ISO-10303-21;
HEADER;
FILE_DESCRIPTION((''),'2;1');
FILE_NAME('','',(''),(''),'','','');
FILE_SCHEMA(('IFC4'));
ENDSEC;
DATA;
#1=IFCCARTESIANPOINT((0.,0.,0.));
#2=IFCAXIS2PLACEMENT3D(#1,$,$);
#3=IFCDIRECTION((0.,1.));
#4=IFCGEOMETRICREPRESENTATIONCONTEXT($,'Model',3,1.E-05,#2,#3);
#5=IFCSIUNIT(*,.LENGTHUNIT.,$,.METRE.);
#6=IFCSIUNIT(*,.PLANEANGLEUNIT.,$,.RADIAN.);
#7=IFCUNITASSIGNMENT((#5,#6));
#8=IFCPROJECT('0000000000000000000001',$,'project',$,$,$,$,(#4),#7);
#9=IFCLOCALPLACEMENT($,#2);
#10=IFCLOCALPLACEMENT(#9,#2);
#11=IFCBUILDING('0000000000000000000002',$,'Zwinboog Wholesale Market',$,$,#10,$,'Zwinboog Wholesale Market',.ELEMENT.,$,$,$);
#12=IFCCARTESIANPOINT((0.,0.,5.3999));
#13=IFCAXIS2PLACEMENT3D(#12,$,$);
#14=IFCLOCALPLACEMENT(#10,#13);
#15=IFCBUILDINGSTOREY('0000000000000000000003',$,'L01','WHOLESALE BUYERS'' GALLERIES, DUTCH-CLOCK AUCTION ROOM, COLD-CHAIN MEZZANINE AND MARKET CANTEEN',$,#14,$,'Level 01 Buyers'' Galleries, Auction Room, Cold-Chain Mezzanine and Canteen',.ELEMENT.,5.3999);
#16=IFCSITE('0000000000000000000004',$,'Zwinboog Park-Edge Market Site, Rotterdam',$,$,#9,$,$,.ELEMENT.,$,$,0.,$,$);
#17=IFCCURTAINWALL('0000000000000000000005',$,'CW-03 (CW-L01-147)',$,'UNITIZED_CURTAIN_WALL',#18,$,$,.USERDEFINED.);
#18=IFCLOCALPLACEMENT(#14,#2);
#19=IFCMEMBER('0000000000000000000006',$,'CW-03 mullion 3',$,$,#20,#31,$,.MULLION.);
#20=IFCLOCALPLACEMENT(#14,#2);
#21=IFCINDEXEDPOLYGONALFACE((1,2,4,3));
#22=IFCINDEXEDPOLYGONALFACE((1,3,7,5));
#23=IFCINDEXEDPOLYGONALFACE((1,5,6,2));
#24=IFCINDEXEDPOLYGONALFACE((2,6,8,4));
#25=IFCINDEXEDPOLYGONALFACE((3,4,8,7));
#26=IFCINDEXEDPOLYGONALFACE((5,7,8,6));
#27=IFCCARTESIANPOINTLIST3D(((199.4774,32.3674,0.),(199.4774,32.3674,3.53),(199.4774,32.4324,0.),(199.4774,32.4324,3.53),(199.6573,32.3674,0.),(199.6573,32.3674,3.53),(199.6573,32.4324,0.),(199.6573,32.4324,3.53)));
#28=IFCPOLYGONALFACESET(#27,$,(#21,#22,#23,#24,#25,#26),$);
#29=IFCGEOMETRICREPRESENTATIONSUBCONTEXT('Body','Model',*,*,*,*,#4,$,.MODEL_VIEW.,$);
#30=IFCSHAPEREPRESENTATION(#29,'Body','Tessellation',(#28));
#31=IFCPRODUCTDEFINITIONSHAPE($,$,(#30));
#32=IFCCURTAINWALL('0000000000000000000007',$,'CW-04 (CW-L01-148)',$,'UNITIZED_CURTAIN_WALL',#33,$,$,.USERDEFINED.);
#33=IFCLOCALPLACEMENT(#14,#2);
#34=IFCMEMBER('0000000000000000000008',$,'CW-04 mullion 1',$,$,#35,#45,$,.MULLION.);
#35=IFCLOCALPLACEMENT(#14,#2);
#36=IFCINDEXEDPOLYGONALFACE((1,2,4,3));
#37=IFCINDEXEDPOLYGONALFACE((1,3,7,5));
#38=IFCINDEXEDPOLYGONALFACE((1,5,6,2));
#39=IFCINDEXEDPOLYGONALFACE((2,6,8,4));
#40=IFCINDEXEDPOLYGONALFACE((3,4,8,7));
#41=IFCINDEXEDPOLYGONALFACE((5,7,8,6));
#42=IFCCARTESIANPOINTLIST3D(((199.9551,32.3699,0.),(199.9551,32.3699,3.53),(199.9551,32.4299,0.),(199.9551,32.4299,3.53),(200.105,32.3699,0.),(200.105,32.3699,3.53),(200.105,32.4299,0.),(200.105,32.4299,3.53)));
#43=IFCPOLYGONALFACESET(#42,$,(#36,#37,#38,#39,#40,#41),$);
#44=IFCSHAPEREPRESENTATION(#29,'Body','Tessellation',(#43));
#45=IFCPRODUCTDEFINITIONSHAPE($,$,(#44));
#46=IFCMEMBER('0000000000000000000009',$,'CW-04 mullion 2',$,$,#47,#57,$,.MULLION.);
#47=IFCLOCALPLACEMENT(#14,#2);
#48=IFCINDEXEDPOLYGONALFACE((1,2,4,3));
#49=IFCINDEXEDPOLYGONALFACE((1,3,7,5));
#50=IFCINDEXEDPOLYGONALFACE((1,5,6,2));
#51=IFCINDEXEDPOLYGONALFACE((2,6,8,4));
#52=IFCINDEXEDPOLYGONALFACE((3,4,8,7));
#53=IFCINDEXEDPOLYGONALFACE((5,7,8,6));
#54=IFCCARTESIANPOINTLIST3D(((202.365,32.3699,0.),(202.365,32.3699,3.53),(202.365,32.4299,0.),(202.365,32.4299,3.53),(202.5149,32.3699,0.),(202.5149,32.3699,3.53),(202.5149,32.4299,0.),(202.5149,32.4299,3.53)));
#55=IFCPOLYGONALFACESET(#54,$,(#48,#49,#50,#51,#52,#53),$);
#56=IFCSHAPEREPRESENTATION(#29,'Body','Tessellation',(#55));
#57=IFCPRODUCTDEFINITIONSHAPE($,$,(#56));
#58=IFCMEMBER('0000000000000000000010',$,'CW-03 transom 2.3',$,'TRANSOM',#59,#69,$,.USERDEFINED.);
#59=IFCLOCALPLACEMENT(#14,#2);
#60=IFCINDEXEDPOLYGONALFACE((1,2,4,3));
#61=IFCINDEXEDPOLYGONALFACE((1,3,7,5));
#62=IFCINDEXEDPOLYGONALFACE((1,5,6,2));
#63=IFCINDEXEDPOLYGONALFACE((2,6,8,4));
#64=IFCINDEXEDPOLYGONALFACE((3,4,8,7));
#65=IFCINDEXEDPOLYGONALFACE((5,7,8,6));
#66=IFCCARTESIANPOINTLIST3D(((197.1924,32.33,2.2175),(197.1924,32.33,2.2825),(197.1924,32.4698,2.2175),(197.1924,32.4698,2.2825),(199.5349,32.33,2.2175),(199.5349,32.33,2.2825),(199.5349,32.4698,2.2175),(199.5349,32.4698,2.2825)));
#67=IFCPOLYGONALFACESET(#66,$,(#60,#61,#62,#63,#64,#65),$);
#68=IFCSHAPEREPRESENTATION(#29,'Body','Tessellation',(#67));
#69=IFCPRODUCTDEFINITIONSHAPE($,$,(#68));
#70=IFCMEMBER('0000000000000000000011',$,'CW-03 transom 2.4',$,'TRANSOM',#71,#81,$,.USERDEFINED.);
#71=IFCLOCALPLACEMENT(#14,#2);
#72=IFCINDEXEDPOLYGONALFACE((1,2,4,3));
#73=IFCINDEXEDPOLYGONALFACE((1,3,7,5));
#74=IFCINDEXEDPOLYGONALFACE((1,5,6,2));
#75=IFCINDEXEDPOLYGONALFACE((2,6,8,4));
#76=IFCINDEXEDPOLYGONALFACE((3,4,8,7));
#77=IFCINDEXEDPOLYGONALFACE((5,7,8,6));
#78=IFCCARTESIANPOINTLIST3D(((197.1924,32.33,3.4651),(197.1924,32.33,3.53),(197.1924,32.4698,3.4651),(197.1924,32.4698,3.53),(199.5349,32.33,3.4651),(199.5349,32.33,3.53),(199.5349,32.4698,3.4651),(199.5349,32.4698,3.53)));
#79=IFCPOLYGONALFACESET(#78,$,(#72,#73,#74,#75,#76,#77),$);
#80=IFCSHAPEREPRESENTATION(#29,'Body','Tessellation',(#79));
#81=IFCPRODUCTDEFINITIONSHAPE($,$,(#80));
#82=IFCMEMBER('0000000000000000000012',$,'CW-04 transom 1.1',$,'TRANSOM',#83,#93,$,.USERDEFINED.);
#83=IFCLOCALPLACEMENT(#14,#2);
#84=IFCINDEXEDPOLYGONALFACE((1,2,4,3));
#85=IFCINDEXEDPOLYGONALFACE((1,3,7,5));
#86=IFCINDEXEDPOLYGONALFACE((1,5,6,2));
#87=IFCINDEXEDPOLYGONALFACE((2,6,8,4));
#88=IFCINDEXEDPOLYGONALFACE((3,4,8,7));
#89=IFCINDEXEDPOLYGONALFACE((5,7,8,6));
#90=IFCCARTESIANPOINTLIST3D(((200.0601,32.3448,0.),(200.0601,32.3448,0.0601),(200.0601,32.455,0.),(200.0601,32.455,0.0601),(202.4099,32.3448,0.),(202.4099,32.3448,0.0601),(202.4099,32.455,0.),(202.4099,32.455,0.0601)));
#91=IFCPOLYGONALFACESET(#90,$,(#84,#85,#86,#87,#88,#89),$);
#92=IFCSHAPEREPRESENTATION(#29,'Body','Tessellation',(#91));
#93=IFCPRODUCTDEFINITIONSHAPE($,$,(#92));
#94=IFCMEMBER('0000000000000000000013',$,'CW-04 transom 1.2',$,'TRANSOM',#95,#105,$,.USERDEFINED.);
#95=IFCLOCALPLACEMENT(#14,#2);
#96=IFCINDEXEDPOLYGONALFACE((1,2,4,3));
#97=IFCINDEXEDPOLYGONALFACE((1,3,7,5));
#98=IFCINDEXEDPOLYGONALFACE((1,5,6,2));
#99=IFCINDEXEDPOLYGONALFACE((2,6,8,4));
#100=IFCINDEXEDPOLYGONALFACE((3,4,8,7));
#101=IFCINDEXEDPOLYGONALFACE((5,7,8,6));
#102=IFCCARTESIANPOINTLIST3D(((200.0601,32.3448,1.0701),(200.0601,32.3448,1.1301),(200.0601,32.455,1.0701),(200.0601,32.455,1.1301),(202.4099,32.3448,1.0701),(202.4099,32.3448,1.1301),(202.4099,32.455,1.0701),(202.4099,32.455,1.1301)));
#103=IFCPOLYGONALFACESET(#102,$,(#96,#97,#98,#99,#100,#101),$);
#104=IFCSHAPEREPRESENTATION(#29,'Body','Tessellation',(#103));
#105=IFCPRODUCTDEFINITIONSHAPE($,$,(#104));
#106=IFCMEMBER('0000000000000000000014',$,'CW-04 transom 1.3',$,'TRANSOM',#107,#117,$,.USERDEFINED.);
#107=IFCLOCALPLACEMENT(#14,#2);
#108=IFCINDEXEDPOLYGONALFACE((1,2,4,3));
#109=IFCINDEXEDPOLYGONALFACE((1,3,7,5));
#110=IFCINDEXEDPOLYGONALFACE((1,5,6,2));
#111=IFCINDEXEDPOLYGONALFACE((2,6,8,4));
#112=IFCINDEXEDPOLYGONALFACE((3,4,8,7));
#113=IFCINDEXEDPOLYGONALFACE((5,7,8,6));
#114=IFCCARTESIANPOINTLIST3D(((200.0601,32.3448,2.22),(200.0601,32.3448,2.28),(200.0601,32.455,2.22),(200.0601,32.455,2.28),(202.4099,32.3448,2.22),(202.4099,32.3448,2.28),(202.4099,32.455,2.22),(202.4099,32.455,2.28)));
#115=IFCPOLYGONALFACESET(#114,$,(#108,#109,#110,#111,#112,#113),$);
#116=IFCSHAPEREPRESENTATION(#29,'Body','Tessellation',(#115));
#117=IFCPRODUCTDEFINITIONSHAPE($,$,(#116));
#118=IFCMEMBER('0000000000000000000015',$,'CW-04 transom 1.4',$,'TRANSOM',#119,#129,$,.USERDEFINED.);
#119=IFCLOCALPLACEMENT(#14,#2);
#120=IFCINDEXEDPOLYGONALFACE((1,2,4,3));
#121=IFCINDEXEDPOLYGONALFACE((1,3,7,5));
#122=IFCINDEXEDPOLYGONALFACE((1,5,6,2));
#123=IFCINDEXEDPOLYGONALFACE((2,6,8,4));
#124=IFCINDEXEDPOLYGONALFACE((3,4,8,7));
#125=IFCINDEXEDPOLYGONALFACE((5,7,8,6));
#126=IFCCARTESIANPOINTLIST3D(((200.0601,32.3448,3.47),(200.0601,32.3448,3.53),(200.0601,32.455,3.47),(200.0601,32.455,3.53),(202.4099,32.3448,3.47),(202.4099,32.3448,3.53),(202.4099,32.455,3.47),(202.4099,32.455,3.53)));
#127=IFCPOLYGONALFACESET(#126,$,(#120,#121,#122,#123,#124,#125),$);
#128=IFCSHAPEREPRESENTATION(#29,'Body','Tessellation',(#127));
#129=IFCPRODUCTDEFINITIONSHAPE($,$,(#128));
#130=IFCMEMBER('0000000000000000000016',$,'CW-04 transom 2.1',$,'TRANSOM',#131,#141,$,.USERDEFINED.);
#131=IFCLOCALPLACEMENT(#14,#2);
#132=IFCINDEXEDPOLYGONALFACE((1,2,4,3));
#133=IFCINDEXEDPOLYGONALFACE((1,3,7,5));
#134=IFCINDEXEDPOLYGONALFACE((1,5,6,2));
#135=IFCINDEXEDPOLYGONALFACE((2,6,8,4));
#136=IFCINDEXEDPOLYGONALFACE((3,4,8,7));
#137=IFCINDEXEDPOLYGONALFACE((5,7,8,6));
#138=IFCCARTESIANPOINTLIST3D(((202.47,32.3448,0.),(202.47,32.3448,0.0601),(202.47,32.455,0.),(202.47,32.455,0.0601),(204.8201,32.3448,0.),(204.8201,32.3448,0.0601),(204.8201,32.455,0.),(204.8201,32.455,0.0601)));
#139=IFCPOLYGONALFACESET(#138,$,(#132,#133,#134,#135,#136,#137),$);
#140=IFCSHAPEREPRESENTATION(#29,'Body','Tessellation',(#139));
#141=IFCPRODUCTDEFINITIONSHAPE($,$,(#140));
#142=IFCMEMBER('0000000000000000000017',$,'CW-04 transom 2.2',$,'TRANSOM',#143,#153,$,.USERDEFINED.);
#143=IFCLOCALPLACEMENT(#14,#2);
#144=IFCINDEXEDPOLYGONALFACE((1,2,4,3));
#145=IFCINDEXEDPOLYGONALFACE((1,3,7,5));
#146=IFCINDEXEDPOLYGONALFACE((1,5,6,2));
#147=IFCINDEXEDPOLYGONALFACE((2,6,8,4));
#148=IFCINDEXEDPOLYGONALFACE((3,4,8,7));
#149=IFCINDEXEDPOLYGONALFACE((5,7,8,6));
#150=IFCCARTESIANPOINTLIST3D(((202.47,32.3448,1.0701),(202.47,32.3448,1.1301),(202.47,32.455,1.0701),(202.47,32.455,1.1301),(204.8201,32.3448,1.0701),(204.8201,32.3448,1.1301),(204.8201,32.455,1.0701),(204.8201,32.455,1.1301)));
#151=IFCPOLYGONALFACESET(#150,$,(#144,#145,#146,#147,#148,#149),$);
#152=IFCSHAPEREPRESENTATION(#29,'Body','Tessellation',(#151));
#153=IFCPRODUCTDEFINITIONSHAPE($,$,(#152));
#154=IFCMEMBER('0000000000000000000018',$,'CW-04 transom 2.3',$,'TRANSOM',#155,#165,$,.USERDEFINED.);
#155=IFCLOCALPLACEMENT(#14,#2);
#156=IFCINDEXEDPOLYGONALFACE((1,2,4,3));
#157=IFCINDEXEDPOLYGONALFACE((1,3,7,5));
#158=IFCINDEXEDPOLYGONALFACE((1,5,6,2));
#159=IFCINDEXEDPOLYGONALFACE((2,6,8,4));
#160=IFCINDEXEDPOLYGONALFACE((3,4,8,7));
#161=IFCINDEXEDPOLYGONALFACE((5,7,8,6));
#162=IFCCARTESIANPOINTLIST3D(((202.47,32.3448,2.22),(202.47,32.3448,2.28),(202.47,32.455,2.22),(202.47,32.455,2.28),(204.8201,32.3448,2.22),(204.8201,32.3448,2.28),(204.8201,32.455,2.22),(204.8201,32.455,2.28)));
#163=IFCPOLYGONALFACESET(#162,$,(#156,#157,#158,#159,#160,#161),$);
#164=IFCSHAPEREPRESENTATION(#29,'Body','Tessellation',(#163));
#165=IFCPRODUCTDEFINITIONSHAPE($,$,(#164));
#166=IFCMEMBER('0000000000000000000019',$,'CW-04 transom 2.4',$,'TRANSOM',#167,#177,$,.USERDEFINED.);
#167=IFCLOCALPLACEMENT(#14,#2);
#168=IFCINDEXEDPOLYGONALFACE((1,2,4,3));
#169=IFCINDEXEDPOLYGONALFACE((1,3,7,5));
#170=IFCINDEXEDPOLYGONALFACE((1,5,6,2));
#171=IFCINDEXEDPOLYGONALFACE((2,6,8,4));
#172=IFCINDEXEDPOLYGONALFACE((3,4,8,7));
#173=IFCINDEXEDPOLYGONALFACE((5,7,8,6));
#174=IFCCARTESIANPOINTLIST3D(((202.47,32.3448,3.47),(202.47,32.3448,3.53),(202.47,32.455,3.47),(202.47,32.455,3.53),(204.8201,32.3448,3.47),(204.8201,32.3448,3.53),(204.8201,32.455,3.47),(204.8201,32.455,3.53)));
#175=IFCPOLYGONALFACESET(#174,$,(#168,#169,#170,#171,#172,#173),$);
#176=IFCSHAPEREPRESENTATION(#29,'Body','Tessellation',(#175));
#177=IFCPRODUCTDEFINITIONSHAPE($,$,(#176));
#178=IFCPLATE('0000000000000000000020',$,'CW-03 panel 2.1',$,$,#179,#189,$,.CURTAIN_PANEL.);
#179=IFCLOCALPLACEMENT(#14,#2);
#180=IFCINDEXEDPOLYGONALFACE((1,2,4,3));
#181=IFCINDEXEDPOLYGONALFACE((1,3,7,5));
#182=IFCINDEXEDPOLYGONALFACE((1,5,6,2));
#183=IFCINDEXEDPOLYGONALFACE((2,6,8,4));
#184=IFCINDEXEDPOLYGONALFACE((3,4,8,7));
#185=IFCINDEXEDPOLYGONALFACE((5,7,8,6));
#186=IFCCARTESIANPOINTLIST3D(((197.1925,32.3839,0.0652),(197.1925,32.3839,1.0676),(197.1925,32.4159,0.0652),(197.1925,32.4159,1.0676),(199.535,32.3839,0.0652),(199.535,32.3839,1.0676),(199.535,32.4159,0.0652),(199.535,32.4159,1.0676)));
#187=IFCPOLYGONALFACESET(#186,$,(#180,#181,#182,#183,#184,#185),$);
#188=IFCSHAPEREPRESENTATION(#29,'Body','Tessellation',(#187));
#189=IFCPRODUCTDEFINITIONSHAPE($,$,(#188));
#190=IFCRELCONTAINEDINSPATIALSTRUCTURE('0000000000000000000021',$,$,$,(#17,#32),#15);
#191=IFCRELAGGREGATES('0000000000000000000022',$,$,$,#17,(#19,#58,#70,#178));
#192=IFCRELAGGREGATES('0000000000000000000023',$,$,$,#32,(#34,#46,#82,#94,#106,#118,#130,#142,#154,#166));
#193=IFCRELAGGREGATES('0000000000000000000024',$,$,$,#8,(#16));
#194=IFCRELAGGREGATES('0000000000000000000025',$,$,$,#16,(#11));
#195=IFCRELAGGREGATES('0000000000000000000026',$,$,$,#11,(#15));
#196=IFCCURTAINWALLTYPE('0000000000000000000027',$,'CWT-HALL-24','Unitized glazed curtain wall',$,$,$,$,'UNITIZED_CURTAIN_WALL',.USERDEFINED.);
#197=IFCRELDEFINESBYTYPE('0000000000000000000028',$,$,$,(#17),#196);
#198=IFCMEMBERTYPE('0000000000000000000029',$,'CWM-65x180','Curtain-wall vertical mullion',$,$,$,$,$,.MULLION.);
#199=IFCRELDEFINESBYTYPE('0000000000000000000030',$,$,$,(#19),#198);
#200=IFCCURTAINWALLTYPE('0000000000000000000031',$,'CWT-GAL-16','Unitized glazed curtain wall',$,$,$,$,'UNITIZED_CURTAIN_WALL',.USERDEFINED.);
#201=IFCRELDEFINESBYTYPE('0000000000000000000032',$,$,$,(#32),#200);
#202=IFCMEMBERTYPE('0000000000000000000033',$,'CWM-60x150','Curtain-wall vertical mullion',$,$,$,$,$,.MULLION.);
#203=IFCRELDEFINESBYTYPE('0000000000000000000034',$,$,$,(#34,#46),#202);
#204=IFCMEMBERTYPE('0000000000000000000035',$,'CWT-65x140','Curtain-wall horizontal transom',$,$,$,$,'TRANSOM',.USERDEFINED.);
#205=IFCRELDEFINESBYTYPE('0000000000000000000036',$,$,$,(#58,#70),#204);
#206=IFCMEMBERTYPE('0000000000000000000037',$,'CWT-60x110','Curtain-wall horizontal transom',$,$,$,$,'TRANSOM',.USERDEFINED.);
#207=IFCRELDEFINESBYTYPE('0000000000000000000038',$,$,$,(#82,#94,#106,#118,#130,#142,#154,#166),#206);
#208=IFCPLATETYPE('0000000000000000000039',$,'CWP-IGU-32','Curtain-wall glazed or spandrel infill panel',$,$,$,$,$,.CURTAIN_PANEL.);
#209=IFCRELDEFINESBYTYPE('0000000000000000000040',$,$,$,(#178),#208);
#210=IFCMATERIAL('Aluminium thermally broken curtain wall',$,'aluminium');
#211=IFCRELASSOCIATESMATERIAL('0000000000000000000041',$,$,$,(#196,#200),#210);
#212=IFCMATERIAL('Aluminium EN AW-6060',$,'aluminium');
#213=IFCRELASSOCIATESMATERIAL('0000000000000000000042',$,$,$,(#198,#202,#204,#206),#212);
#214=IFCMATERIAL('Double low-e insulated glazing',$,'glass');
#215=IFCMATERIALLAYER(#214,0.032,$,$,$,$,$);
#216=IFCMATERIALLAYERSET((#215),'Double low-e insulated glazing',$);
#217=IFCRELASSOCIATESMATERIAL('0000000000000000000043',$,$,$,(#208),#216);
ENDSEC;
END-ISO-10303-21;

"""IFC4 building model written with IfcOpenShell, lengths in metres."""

from ifc_helpers import new_model, si_unit, direction, frame, origin, origin_2d, place, context, subcontext, project, spatial, rectangle, extrude, material, layer, layer_set, material_profile, profile_set, type_object, element, aggregate, save


model = new_model("IFC4")

# Units and contexts
model_context = context("Model", 3, precision=1e-05, world=origin(), true_north=direction((0.0, 1.0)))
body_context = subcontext(model_context, "Body", "Model", "MODEL_VIEW")
ifc_project = project(units=[si_unit("LENGTHUNIT", "METRE"), si_unit("PLANEANGLEUNIT", "RADIAN")], contexts=[model_context])

# Site, building, storey
site_placement = place(None, origin())
site = spatial("IfcSite", under=ifc_project, at=site_placement, Name="Zwinboog Park-Edge Market Site, Rotterdam", CompositionType="ELEMENT", RefElevation=0.0)
building_placement = place(site_placement, origin())
building = spatial("IfcBuilding", under=site, at=building_placement, Name="Zwinboog Wholesale Market", LongName="Zwinboog Wholesale Market", CompositionType="ELEMENT")
storey_placement = place(building_placement, frame((0.0, 0.0, 5.3999)))
storey = spatial("IfcBuildingStorey", under=building, at=storey_placement, Name="L01", Description="WHOLESALE BUYERS' GALLERIES, DUTCH-CLOCK AUCTION ROOM, COLD-CHAIN MEZZANINE AND MARKET CANTEEN", LongName="Level 01 Buyers' Galleries, Auction Room, Cold-Chain Mezzanine and Canteen", CompositionType="ELEMENT", Elevation=5.3999)

# Curtain wall, member
ifc_material_1 = material(Name="Aluminium thermally broken curtain wall", Category="aluminium")
curtain_wall_type_1 = type_object("IfcCurtainWallType", Name="CWT-HALL-24", Description="Unitized glazed curtain wall", ElementType="UNITIZED_CURTAIN_WALL", PredefinedType="USERDEFINED", material=ifc_material_1)
curtain_wall_1_placement = place(storey_placement, origin())
curtain_wall_1 = element("IfcCurtainWall", 1, at=curtain_wall_1_placement, inside=storey, type_object=curtain_wall_type_1, Name="CW-03 (CW-L01-147)", ObjectType="UNITIZED_CURTAIN_WALL", PredefinedType="USERDEFINED")
ifc_material_2 = material(Name="Aluminium EN AW-6060", Category="aluminium")
ifc_material_profile_1 = material_profile(ifc_material_2, rectangle(XDim=0.0649, YDim=0.1799, at=origin_2d()), Name="AL 65x180")
ifc_profile_set_1 = profile_set([ifc_material_profile_1], Name="Aluminium EN AW-6060")
member_type_1 = type_object("IfcMemberType", Name="CWM-65x180", Description="Curtain-wall vertical mullion", PredefinedType="MULLION", material=ifc_profile_set_1)
member_1_placement = place(storey_placement, frame((199.5674, 32.3999, 0.0), z_axis=(0.0, 0.0, 1.0), x_axis=(0.0, 1.0, 0.0)))
member_1 = element("IfcMember", 2, at=member_1_placement, type_object=member_type_1, Name="CW-03 mullion 3", PredefinedType="MULLION", context=body_context, shape_type="SweptSolid", body=[
    extrude(rectangle(XDim=0.0649, YDim=0.1799, at=origin_2d()), origin(), (0.0, 0.0, 1.0), 3.53),
])

# Curtain wall, members
curtain_wall_type_2 = type_object("IfcCurtainWallType", Name="CWT-GAL-16", Description="Unitized glazed curtain wall", ElementType="UNITIZED_CURTAIN_WALL", PredefinedType="USERDEFINED", material=ifc_material_1)
curtain_wall_2_placement = place(storey_placement, origin())
curtain_wall_2 = element("IfcCurtainWall", 3, at=curtain_wall_2_placement, inside=storey, type_object=curtain_wall_type_2, Name="CW-04 (CW-L01-148)", ObjectType="UNITIZED_CURTAIN_WALL", PredefinedType="USERDEFINED")
ifc_material_profile_2 = material_profile(ifc_material_2, rectangle(XDim=0.0601, YDim=0.1499, at=origin_2d()), Name="AL 60x150")
ifc_profile_set_2 = profile_set([ifc_material_profile_2], Name="Aluminium EN AW-6060")
member_type_2 = type_object("IfcMemberType", Name="CWM-60x150", Description="Curtain-wall vertical mullion", PredefinedType="MULLION", material=ifc_profile_set_2)
member_2_placement = place(storey_placement, frame((200.03, 32.3999, 0.0), z_axis=(0.0, 0.0, 1.0), x_axis=(0.0, 1.0, 0.0)))
member_2 = element("IfcMember", 4, at=member_2_placement, type_object=member_type_2, Name="CW-04 mullion 1", PredefinedType="MULLION", context=body_context, shape_type="SweptSolid", body=[
    extrude(rectangle(XDim=0.0601, YDim=0.1499, at=origin_2d()), origin(), (0.0, 0.0, 1.0), 3.53),
])
member_3_placement = place(storey_placement, frame((202.4399, 32.3999, 0.0), z_axis=(0.0, 0.0, 1.0), x_axis=(0.0, 1.0, 0.0)))
member_3 = element("IfcMember", 5, at=member_3_placement, type_object=member_type_2, Name="CW-04 mullion 2", PredefinedType="MULLION", context=body_context, shape_type="SweptSolid", body=[
    extrude(rectangle(XDim=0.0601, YDim=0.1499, at=origin_2d()), origin(), (0.0, 0.0, 1.0), 3.53),
])

# Members
ifc_material_profile_3 = material_profile(ifc_material_2, rectangle(XDim=0.1399, YDim=0.0649, at=origin_2d()), Name="AL 65x140")
ifc_profile_set_3 = profile_set([ifc_material_profile_3], Name="Aluminium EN AW-6060")
member_type_3 = type_object("IfcMemberType", Name="CWT-65x140", Description="Curtain-wall horizontal transom", ElementType="TRANSOM", PredefinedType="USERDEFINED", material=ifc_profile_set_3)
member_4_placement = place(storey_placement, frame((197.1924, 32.3999, 2.25), z_axis=(1.0, 0.0, 0.0), x_axis=(0.0, 1.0, 0.0)))
member_4 = element("IfcMember", 6, at=member_4_placement, type_object=member_type_3, Name="CW-03 transom 2.3", ObjectType="TRANSOM", PredefinedType="USERDEFINED", context=body_context, shape_type="SweptSolid", body=[
    extrude(rectangle(XDim=0.1399, YDim=0.0649, at=origin_2d()), origin(), (0.0, 0.0, 1.0), 2.3425),
])
member_5_placement = place(storey_placement, frame((197.1924, 32.3999, 3.4976), z_axis=(1.0, 0.0, 0.0), x_axis=(0.0, 1.0, 0.0)))
member_5 = element("IfcMember", 7, at=member_5_placement, type_object=member_type_3, Name="CW-03 transom 2.4", ObjectType="TRANSOM", PredefinedType="USERDEFINED", context=body_context, shape_type="SweptSolid", body=[
    extrude(rectangle(XDim=0.1399, YDim=0.0649, at=origin_2d()), origin(), (0.0, 0.0, 1.0), 2.3425),
])
ifc_material_profile_4 = material_profile(ifc_material_2, rectangle(XDim=0.1101, YDim=0.0601, at=origin_2d()), Name="AL 60x110")
ifc_profile_set_4 = profile_set([ifc_material_profile_4], Name="Aluminium EN AW-6060")
member_type_4 = type_object("IfcMemberType", Name="CWT-60x110", Description="Curtain-wall horizontal transom", ElementType="TRANSOM", PredefinedType="USERDEFINED", material=ifc_profile_set_4)
member_6_placement = place(storey_placement, frame((200.0601, 32.3999, 0.03), z_axis=(1.0, 0.0, 0.0), x_axis=(0.0, 1.0, 0.0)))
member_6 = element("IfcMember", 8, at=member_6_placement, type_object=member_type_4, Name="CW-04 transom 1.1", ObjectType="TRANSOM", PredefinedType="USERDEFINED", context=body_context, shape_type="SweptSolid", body=[
    extrude(rectangle(XDim=0.1101, YDim=0.0601, at=origin_2d()), origin(), (0.0, 0.0, 1.0), 2.3499),
])
member_7_placement = place(storey_placement, frame((200.0601, 32.3999, 1.1001), z_axis=(1.0, 0.0, 0.0), x_axis=(0.0, 1.0, 0.0)))
member_7 = element("IfcMember", 9, at=member_7_placement, type_object=member_type_4, Name="CW-04 transom 1.2", ObjectType="TRANSOM", PredefinedType="USERDEFINED", context=body_context, shape_type="SweptSolid", body=[
    extrude(rectangle(XDim=0.1101, YDim=0.0601, at=origin_2d()), origin(), (0.0, 0.0, 1.0), 2.3499),
])
member_8_placement = place(storey_placement, frame((200.0601, 32.3999, 2.25), z_axis=(1.0, 0.0, 0.0), x_axis=(0.0, 1.0, 0.0)))
member_8 = element("IfcMember", 10, at=member_8_placement, type_object=member_type_4, Name="CW-04 transom 1.3", ObjectType="TRANSOM", PredefinedType="USERDEFINED", context=body_context, shape_type="SweptSolid", body=[
    extrude(rectangle(XDim=0.1101, YDim=0.0601, at=origin_2d()), origin(), (0.0, 0.0, 1.0), 2.3499),
])
member_9_placement = place(storey_placement, frame((200.0601, 32.3999, 3.5), z_axis=(1.0, 0.0, 0.0), x_axis=(0.0, 1.0, 0.0)))
member_9 = element("IfcMember", 11, at=member_9_placement, type_object=member_type_4, Name="CW-04 transom 1.4", ObjectType="TRANSOM", PredefinedType="USERDEFINED", context=body_context, shape_type="SweptSolid", body=[
    extrude(rectangle(XDim=0.1101, YDim=0.0601, at=origin_2d()), origin(), (0.0, 0.0, 1.0), 2.3499),
])
member_10_placement = place(storey_placement, frame((202.47, 32.3999, 0.03), z_axis=(1.0, 0.0, 0.0), x_axis=(0.0, 1.0, 0.0)))
member_10 = element("IfcMember", 12, at=member_10_placement, type_object=member_type_4, Name="CW-04 transom 2.1", ObjectType="TRANSOM", PredefinedType="USERDEFINED", context=body_context, shape_type="SweptSolid", body=[
    extrude(rectangle(XDim=0.1101, YDim=0.0601, at=origin_2d()), origin(), (0.0, 0.0, 1.0), 2.3501),
])
member_11_placement = place(storey_placement, frame((202.47, 32.3999, 1.1001), z_axis=(1.0, 0.0, 0.0), x_axis=(0.0, 1.0, 0.0)))
member_11 = element("IfcMember", 13, at=member_11_placement, type_object=member_type_4, Name="CW-04 transom 2.2", ObjectType="TRANSOM", PredefinedType="USERDEFINED", context=body_context, shape_type="SweptSolid", body=[
    extrude(rectangle(XDim=0.1101, YDim=0.0601, at=origin_2d()), origin(), (0.0, 0.0, 1.0), 2.3501),
])
member_12_placement = place(storey_placement, frame((202.47, 32.3999, 2.25), z_axis=(1.0, 0.0, 0.0), x_axis=(0.0, 1.0, 0.0)))
member_12 = element("IfcMember", 14, at=member_12_placement, type_object=member_type_4, Name="CW-04 transom 2.3", ObjectType="TRANSOM", PredefinedType="USERDEFINED", context=body_context, shape_type="SweptSolid", body=[
    extrude(rectangle(XDim=0.1101, YDim=0.0601, at=origin_2d()), origin(), (0.0, 0.0, 1.0), 2.3501),
])
member_13_placement = place(storey_placement, frame((202.47, 32.3999, 3.5), z_axis=(1.0, 0.0, 0.0), x_axis=(0.0, 1.0, 0.0)))
member_13 = element("IfcMember", 15, at=member_13_placement, type_object=member_type_4, Name="CW-04 transom 2.4", ObjectType="TRANSOM", PredefinedType="USERDEFINED", context=body_context, shape_type="SweptSolid", body=[
    extrude(rectangle(XDim=0.1101, YDim=0.0601, at=origin_2d()), origin(), (0.0, 0.0, 1.0), 2.3501),
])

# Plate
ifc_material_3 = material(Name="Double low-e insulated glazing", Category="glass")
ifc_layer_1 = layer(ifc_material_3, 0.032)
ifc_layer_set_1 = layer_set([ifc_layer_1], Name="Double low-e insulated glazing")
plate_type = type_object("IfcPlateType", Name="CWP-IGU-32", Description="Curtain-wall glazed or spandrel infill panel", PredefinedType="CURTAIN_PANEL", material=ifc_layer_set_1)
plate_1_placement = place(storey_placement, frame((198.3638, 32.3999, 0.0652), z_axis=(0.0, 0.0, 1.0), x_axis=(1.0, 0.0, 0.0)))
plate_1 = element("IfcPlate", 16, at=plate_1_placement, type_object=plate_type, Name="CW-03 panel 2.1", PredefinedType="CURTAIN_PANEL", context=body_context, shape_type="SweptSolid", body=[
    extrude(rectangle(XDim=2.3425, YDim=0.032, at=origin_2d()), origin(), (0.0, 0.0, 1.0), 1.0024),
])
aggregate(curtain_wall_1, [member_1, member_4, member_5, plate_1])
aggregate(curtain_wall_2, [member_2, member_3, member_6, member_7, member_8, member_9, member_10, member_11, member_12, member_13])

save(model, "model.ifc")
